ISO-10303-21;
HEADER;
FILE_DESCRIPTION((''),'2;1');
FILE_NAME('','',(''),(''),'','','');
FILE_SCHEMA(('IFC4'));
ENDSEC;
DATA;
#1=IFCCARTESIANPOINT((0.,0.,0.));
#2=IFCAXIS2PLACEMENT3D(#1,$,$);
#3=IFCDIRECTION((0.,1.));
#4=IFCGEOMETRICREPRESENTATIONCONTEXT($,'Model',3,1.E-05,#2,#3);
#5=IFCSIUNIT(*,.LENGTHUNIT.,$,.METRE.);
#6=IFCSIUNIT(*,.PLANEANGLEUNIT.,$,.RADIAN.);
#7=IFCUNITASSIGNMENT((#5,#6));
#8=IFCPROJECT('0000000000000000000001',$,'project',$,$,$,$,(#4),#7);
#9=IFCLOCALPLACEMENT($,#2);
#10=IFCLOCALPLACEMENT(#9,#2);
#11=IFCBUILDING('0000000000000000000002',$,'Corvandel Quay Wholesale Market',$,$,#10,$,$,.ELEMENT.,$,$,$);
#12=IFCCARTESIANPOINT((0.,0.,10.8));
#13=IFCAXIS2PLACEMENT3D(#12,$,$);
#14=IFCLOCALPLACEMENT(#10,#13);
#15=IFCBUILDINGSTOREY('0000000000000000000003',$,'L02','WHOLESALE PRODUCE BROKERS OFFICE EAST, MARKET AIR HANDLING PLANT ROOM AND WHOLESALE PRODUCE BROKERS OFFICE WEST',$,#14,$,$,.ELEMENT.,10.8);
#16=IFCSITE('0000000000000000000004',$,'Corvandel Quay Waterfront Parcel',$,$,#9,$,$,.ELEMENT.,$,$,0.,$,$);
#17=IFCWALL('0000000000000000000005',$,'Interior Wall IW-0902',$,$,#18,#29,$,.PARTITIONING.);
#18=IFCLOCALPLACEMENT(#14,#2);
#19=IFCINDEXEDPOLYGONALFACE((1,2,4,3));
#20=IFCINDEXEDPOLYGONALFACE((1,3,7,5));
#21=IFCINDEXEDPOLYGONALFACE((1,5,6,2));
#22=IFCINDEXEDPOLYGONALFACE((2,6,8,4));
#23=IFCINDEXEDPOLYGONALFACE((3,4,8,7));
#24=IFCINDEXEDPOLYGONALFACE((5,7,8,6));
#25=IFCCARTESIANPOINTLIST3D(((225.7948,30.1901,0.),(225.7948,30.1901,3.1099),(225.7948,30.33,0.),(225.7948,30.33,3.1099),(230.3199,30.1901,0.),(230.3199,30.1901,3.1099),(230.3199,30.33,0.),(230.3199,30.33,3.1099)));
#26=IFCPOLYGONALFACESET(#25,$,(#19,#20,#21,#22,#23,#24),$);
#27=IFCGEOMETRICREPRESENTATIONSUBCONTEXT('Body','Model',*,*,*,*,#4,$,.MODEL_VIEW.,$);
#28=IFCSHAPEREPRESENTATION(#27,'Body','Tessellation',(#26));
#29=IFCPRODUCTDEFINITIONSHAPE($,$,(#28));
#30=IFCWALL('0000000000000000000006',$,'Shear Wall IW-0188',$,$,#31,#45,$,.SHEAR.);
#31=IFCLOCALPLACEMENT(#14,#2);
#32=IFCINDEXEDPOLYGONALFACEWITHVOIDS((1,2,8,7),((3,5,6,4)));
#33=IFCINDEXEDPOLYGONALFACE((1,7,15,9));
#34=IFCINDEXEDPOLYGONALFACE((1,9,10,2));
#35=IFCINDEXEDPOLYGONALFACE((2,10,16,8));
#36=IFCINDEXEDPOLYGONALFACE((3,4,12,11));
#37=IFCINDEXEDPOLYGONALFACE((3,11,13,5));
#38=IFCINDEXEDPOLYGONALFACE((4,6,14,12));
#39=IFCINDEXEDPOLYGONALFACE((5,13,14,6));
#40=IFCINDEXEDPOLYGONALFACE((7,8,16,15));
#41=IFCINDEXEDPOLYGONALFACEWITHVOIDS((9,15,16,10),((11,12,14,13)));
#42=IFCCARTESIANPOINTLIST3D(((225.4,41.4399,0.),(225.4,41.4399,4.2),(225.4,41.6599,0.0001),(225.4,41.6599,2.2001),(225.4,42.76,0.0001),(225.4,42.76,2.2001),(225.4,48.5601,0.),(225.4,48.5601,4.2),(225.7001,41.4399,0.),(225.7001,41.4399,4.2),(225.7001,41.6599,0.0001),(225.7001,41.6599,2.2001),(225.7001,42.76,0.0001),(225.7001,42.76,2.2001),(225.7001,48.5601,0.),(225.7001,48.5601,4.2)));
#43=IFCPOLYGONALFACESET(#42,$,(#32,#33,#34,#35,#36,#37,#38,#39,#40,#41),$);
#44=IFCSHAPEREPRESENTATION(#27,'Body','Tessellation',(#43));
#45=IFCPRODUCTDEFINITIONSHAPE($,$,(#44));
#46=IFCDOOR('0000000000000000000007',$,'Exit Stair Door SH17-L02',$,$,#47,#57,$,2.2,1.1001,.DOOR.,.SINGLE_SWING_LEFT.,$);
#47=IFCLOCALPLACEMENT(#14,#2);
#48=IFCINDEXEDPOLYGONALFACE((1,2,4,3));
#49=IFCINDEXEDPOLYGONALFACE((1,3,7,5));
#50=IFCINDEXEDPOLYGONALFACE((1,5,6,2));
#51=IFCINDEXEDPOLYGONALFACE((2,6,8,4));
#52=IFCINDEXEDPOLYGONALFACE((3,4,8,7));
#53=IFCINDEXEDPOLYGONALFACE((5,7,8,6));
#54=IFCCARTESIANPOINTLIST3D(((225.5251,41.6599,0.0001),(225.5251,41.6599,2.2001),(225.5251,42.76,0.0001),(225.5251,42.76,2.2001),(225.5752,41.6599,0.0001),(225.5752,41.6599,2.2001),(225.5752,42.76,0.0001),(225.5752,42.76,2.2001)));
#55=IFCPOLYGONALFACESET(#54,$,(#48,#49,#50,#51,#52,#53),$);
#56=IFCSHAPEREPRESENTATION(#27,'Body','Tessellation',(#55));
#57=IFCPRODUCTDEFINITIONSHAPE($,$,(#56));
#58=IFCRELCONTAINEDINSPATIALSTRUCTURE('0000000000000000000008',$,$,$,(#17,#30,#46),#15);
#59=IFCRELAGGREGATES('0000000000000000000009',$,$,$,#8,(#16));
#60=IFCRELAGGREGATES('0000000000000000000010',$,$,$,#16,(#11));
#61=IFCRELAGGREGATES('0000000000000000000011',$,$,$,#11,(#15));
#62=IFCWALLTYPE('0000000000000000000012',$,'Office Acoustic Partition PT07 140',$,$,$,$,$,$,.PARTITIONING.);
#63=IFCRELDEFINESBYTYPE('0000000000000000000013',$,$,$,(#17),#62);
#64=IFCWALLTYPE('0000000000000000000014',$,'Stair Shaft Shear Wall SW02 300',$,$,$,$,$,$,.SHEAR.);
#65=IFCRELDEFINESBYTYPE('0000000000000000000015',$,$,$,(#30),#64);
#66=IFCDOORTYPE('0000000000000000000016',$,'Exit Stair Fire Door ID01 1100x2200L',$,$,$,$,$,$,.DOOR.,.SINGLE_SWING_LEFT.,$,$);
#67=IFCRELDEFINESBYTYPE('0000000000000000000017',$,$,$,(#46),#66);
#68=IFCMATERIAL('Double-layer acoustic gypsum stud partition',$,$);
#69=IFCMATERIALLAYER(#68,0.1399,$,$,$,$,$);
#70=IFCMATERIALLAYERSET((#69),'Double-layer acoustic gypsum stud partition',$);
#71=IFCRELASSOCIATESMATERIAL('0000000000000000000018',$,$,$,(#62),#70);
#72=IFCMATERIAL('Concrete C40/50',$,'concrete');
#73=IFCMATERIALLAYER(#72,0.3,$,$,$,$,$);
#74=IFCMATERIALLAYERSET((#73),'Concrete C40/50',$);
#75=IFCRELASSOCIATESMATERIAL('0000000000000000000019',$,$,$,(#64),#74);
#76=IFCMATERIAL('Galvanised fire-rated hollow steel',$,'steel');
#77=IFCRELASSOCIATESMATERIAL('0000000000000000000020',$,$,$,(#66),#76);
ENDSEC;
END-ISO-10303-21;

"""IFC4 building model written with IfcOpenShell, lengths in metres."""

from ifc_helpers import new_model, si_unit, direction, frame, frame_2d, origin, place, context, subcontext, project, spatial, rectangle, extrude, material, layer, layer_set, type_object, element, fill, save


model = new_model("IFC4")

# Units and contexts
model_context = context("Model", 3, precision=1e-05, world=origin(), true_north=direction((0.0, 1.0)))
body_context = subcontext(model_context, "Body", "Model", "MODEL_VIEW")
ifc_project = project(units=[si_unit("LENGTHUNIT", "METRE"), si_unit("PLANEANGLEUNIT", "RADIAN")], contexts=[model_context])

# Site, building, storey
site_placement = place(None, origin())
site = spatial("IfcSite", under=ifc_project, at=site_placement, Name="Corvandel Quay Waterfront Parcel", CompositionType="ELEMENT", RefElevation=0.0)
building_placement = place(site_placement, origin())
building = spatial("IfcBuilding", under=site, at=building_placement, Name="Corvandel Quay Wholesale Market", CompositionType="ELEMENT")
storey_placement = place(building_placement, frame((0.0, 0.0, 10.8)))
storey = spatial("IfcBuildingStorey", under=building, at=storey_placement, Name="L02", Description="WHOLESALE PRODUCE BROKERS OFFICE EAST, MARKET AIR HANDLING PLANT ROOM AND WHOLESALE PRODUCE BROKERS OFFICE WEST", CompositionType="ELEMENT", Elevation=10.8)

# Shared definitions
ifc_material_1 = material(Name="Double-layer acoustic gypsum stud partition")
ifc_layer_1 = layer(ifc_material_1, 0.1399)
ifc_layer_set_1 = layer_set([ifc_layer_1], Name="Double-layer acoustic gypsum stud partition")
wall_type_1 = type_object("IfcWallType", Name="Office Acoustic Partition PT07 140", PredefinedType="PARTITIONING", material=ifc_layer_set_1)

# Wall
wall_1_placement = place(storey_placement, frame((230.3201, 30.26, 0.0), z_axis=(0.0, 0.0, 1.0), x_axis=(-1.0, 0.0, 0.0)))
element("IfcWall", 1, at=wall_1_placement, inside=storey, type_object=wall_type_1, Name="Interior Wall IW-0902", PredefinedType="PARTITIONING", context=body_context, shape_type="SweptSolid", body=[
    extrude(rectangle(XDim=4.5251, YDim=0.1399, at=frame_2d((2.2627, 0.0))), origin(), (0.0, 0.0, 1.0), 3.1099),
])

# Wall, opening, door
ifc_material_2 = material(Name="Concrete C40/50", Category="concrete")
ifc_layer_2 = layer(ifc_material_2, 0.3)
ifc_layer_set_2 = layer_set([ifc_layer_2], Name="Concrete C40/50")
wall_type_2 = type_object("IfcWallType", Name="Stair Shaft Shear Wall SW02 300", PredefinedType="SHEAR", material=ifc_layer_set_2)
wall_2_placement = place(storey_placement, frame((225.55, 41.4399, 0.0), z_axis=(0.0, 0.0, 1.0), x_axis=(0.0, 1.0, 0.0)))
wall_2 = element("IfcWall", 2, at=wall_2_placement, inside=storey, type_object=wall_type_2, Name="Shear Wall IW-0188", PredefinedType="SHEAR", context=body_context, shape_type="SweptSolid", body=[
    extrude(rectangle(XDim=7.1201, YDim=0.3, at=frame_2d((3.5601, 0.0))), origin(), (0.0, 0.0, 1.0), 4.2),
])
opening_1_placement = place(wall_2_placement, frame((0.22, 0.0, 0.0)))
opening_1 = element("IfcOpeningElement", 3, at=opening_1_placement, cuts=wall_2, PredefinedType="OPENING", context=body_context, shape_type="SweptSolid", body=[
    extrude(rectangle(XDim=1.1001, YDim=2.2, at=frame_2d((0.55, 1.1001))), frame((0.0, 0.1599, 0.0), z_axis=(0.0, -1.0, 0.0), x_axis=(1.0, 0.0, 0.0)), (0.0, 0.0, 1.0), 0.3201),
])
ifc_material_3 = material(Name="Galvanised fire-rated hollow steel", Category="steel")
door_type_1 = type_object("IfcDoorType", Name="Exit Stair Fire Door ID01 1100x2200L", OperationType="SINGLE_SWING_LEFT", PredefinedType="DOOR", material=ifc_material_3)
door_1_placement = place(opening_1_placement, origin())
door_1 = element("IfcDoor", 4, at=door_1_placement, inside=storey, type_object=door_type_1, Name="Exit Stair Door SH17-L02", OperationType="SINGLE_SWING_LEFT", OverallHeight=2.2, OverallWidth=1.1001, PredefinedType="DOOR", context=body_context, shape_type="SweptSolid", body=[
    extrude(rectangle(XDim=1.1001, YDim=2.2, at=frame_2d((0.55, 1.1001))), frame((0.0, 0.0249, 0.0), z_axis=(0.0, -1.0, 0.0), x_axis=(1.0, 0.0, 0.0)), (0.0, 0.0, 1.0), 0.05),
])
fill(opening_1, door_1)

save(model, "model.ifc")
